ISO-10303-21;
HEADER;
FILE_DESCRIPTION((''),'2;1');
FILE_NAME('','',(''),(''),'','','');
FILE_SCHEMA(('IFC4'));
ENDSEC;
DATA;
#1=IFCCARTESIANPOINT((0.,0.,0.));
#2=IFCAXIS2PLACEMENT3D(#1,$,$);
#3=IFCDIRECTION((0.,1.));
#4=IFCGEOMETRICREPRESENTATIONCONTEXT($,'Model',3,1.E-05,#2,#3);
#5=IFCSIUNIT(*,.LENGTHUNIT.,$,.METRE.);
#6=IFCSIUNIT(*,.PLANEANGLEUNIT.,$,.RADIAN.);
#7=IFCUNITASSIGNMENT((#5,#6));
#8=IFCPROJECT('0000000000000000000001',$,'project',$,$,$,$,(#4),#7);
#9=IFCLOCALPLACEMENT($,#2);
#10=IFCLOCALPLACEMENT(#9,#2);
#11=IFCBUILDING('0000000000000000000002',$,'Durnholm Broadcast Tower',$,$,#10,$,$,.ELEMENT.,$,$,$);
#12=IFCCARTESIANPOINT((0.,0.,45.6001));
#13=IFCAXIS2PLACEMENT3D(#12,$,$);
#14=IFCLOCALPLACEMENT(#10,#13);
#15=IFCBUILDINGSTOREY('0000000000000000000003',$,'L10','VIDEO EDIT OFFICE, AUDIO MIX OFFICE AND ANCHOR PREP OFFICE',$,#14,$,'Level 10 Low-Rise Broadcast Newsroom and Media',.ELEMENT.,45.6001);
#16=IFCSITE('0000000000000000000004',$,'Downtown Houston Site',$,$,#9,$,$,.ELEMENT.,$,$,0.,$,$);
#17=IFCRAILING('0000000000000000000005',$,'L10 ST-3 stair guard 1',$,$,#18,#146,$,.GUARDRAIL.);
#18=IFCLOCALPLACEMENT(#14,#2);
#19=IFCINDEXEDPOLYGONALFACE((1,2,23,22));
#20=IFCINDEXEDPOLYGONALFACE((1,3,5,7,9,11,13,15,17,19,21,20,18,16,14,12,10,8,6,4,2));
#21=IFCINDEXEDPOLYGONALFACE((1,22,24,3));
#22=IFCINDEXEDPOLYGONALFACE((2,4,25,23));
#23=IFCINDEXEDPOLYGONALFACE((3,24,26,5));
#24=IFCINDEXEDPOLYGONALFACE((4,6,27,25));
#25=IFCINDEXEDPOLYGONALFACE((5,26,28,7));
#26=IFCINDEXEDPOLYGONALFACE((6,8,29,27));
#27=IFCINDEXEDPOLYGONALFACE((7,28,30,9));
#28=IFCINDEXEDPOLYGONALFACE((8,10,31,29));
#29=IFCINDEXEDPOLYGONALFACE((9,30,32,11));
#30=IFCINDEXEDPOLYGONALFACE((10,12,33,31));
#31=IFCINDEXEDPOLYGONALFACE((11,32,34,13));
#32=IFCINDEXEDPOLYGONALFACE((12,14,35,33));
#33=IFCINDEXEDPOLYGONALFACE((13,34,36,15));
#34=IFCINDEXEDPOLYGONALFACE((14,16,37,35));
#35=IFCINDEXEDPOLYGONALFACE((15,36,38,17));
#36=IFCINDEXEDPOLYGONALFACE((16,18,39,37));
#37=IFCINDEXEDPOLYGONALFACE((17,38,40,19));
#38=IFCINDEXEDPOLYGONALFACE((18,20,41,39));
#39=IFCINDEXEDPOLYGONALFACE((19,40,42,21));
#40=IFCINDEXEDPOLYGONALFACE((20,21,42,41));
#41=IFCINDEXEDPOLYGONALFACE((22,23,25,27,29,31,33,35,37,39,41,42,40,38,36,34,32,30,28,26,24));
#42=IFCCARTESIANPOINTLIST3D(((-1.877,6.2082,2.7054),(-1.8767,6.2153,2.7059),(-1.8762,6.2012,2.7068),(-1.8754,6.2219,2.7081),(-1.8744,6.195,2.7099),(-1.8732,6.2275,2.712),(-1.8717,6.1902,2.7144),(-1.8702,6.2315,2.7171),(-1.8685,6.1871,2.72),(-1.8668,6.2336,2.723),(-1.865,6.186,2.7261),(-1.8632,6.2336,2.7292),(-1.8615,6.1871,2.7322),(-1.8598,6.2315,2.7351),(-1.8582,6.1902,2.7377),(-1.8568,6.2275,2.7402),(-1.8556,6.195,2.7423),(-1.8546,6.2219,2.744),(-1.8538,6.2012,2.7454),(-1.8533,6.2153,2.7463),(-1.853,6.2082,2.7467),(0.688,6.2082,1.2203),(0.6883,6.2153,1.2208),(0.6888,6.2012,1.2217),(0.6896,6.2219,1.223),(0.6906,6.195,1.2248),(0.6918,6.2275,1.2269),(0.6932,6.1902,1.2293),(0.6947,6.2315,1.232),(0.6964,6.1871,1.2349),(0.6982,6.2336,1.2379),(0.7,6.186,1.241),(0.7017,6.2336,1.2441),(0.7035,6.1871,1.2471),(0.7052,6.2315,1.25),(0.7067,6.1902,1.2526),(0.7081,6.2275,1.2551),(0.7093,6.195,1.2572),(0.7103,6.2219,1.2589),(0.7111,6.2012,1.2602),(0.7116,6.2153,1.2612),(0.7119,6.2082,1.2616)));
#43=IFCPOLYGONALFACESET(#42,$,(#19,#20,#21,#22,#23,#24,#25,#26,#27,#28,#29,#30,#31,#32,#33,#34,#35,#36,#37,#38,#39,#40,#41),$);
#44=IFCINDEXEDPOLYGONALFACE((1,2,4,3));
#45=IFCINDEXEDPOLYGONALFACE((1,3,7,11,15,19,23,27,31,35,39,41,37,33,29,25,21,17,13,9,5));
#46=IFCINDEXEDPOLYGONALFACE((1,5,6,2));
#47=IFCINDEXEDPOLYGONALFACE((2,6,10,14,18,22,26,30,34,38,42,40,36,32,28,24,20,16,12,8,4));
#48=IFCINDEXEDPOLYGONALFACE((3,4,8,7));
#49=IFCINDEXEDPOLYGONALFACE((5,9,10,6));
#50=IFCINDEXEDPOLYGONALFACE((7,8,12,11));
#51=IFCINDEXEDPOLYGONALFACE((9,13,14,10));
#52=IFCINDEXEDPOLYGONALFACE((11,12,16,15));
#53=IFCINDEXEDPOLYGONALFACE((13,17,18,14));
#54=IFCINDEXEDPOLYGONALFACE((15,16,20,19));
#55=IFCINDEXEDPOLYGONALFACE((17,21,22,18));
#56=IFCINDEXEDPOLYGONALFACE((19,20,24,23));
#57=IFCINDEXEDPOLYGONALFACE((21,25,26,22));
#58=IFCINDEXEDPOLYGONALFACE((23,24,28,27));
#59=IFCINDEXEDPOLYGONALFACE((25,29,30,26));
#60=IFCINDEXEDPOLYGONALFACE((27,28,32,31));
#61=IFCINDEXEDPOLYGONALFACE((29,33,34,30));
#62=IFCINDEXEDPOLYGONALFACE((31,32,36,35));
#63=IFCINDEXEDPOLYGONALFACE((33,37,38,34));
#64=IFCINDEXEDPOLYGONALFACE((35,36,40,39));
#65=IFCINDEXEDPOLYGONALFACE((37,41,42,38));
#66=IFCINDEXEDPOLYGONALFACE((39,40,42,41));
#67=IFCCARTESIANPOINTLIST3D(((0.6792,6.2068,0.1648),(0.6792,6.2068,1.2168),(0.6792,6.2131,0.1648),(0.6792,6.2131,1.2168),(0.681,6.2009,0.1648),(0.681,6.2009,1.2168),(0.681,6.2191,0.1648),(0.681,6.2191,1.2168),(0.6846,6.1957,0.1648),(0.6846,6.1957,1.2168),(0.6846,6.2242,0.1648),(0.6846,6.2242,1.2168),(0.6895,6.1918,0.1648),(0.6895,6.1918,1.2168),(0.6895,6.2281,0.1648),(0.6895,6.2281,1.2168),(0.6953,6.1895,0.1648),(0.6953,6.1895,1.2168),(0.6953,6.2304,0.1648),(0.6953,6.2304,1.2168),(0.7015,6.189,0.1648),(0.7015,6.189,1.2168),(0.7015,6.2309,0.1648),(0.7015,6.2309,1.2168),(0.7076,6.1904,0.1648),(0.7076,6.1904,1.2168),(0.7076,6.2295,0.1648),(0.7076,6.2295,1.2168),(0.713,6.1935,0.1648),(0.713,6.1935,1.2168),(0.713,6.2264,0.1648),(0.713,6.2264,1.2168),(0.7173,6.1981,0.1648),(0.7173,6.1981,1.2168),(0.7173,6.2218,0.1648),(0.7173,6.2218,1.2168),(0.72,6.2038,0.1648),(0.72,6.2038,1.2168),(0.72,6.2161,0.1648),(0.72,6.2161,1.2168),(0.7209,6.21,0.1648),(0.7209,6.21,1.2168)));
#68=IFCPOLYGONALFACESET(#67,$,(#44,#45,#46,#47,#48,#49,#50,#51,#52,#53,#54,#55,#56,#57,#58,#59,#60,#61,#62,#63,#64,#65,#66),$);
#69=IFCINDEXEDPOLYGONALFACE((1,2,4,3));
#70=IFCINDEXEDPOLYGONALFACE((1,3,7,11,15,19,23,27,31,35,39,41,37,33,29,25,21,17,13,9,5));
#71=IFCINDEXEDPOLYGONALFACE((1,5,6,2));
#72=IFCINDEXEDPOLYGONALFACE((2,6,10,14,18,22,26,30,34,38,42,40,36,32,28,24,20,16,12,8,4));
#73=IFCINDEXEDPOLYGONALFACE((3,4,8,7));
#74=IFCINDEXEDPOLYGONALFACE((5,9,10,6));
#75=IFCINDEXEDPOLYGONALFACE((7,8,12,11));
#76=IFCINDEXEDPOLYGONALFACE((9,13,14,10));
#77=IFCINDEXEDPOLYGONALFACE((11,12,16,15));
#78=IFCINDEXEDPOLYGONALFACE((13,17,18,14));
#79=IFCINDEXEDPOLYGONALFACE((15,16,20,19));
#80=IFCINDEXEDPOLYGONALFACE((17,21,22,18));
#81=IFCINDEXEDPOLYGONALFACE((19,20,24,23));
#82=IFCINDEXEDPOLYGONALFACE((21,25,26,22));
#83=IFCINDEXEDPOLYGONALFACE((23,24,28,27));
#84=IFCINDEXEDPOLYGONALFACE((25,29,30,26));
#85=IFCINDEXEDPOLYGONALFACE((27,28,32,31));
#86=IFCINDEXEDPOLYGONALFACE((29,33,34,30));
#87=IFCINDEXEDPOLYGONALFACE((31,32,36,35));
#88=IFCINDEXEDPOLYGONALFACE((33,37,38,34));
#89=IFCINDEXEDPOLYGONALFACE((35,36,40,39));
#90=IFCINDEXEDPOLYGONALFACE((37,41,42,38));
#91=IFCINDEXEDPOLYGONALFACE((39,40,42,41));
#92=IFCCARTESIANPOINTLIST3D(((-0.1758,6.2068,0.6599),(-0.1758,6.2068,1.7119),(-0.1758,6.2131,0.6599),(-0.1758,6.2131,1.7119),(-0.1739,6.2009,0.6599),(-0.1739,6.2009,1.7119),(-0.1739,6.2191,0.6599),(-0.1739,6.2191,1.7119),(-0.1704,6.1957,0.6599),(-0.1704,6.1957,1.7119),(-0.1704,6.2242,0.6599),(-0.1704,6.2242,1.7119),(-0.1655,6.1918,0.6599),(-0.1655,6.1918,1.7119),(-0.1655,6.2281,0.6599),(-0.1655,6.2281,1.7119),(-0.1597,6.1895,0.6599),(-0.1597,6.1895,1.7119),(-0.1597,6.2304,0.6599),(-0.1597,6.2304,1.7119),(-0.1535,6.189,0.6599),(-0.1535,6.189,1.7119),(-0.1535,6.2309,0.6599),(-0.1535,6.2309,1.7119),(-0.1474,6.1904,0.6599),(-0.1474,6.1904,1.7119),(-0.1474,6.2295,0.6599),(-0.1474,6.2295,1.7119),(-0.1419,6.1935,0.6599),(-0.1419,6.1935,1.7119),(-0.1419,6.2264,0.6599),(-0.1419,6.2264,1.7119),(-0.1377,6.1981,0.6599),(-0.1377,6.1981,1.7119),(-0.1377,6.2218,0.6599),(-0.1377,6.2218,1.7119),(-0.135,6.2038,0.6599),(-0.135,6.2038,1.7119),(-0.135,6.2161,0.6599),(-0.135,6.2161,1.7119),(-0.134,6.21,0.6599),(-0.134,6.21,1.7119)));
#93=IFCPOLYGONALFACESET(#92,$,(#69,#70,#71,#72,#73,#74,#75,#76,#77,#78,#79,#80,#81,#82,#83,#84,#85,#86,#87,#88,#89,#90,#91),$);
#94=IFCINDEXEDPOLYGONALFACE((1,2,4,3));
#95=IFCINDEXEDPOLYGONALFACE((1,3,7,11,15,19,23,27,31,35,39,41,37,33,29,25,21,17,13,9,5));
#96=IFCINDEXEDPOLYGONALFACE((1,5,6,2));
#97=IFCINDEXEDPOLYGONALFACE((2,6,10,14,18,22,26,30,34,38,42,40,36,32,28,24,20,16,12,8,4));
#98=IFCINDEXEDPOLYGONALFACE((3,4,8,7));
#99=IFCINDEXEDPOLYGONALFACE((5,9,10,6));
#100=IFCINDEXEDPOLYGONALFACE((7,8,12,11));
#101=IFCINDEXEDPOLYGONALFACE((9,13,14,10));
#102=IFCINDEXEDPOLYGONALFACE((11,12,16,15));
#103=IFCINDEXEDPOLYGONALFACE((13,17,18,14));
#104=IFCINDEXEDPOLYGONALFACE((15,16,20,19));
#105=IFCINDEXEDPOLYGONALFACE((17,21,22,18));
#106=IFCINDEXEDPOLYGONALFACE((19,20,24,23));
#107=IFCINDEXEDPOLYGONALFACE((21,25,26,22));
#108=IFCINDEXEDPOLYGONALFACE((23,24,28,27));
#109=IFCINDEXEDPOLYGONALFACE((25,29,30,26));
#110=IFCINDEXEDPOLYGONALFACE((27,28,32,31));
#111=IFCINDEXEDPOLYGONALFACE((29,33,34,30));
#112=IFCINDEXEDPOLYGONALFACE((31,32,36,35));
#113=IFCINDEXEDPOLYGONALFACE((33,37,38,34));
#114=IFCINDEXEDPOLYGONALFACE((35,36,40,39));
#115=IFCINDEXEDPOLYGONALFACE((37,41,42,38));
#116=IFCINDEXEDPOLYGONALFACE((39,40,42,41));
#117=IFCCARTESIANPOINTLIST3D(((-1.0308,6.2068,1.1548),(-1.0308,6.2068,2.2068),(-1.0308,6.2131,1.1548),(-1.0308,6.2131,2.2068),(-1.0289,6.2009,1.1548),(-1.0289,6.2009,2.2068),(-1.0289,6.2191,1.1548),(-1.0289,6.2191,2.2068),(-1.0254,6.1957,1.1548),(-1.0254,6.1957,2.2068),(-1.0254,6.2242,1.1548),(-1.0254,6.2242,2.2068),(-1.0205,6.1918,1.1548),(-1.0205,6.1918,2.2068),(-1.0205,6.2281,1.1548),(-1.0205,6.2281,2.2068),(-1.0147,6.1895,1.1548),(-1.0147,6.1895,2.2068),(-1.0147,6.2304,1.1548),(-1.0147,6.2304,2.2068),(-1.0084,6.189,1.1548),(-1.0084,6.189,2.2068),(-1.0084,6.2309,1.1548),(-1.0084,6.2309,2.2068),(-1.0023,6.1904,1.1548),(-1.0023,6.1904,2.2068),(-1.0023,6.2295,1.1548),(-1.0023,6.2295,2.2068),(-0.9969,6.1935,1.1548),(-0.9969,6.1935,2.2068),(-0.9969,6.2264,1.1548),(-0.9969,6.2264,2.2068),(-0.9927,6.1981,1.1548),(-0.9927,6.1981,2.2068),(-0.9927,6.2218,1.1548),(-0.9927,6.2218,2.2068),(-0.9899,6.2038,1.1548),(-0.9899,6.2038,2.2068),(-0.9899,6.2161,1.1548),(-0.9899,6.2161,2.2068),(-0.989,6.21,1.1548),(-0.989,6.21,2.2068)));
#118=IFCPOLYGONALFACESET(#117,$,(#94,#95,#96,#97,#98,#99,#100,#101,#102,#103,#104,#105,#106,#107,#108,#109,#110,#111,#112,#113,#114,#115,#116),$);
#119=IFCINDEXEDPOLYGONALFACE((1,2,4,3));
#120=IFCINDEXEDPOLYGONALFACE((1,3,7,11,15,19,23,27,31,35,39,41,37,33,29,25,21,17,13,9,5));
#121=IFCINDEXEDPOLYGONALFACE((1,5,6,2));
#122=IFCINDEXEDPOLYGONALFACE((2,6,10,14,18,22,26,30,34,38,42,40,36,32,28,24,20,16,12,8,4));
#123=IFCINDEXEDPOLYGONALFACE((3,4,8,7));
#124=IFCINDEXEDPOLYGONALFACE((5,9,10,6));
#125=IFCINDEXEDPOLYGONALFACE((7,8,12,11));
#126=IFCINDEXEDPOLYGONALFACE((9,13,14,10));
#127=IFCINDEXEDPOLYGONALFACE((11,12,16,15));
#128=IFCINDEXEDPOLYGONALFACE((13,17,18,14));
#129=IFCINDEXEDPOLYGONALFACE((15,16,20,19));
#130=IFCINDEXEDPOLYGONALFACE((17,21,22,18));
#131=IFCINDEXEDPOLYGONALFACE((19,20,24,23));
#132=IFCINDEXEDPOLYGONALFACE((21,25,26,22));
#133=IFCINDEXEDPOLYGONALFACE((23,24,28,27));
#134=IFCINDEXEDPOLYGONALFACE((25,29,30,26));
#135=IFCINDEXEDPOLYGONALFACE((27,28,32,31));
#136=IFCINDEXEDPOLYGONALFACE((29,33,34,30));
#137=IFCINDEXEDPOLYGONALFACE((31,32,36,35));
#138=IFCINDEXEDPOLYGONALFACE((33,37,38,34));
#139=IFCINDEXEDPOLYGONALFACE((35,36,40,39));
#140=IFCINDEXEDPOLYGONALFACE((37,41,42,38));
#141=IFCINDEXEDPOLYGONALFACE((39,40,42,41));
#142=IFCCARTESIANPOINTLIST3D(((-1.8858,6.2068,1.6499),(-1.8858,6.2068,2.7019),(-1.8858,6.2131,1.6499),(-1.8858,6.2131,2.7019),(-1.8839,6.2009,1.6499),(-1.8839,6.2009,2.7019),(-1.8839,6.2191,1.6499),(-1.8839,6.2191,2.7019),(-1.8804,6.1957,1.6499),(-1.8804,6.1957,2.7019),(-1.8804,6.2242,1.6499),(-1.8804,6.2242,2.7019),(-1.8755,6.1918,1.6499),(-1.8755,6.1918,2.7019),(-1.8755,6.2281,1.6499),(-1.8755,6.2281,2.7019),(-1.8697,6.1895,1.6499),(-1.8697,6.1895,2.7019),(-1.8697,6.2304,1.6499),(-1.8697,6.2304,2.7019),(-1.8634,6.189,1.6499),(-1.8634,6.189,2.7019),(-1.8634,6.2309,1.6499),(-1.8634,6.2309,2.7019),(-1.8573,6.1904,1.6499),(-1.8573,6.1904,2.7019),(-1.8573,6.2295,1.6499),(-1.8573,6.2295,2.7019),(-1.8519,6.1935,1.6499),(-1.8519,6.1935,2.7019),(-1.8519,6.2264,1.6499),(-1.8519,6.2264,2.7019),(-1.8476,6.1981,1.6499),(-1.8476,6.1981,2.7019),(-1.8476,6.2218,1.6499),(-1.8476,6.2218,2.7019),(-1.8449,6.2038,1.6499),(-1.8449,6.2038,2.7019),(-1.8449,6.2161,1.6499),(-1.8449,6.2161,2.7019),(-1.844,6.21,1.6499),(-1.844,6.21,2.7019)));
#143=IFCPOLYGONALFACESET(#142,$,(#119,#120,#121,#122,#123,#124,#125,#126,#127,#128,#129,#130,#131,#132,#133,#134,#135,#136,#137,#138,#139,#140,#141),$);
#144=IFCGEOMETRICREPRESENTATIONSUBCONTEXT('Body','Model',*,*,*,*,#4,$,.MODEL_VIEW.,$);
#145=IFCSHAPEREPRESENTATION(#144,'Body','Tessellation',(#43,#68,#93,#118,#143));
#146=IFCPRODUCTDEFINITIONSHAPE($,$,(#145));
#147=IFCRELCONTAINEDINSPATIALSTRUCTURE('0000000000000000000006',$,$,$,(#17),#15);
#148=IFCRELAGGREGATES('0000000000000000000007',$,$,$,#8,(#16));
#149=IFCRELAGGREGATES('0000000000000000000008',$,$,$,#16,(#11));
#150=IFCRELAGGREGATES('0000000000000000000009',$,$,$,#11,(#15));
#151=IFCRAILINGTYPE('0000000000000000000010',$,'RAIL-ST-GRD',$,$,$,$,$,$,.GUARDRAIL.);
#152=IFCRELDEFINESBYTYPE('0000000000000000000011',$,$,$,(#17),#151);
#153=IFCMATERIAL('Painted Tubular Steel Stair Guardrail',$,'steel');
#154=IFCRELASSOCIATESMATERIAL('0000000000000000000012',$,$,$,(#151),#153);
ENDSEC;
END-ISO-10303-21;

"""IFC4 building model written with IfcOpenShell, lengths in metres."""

from ifc_helpers import new_model, si_unit, direction, frame, origin, origin_2d, place, context, subcontext, project, spatial, circle, extrude, material, type_object, element, save


model = new_model("IFC4")

# Units and contexts
model_context = context("Model", 3, precision=1e-05, world=origin(), true_north=direction((0.0, 1.0)))
body_context = subcontext(model_context, "Body", "Model", "MODEL_VIEW")
ifc_project = project(units=[si_unit("LENGTHUNIT", "METRE"), si_unit("PLANEANGLEUNIT", "RADIAN")], contexts=[model_context])

# Site, building, storey
site_placement = place(None, origin())
site = spatial("IfcSite", under=ifc_project, at=site_placement, Name="Downtown Houston Site", CompositionType="ELEMENT", RefElevation=0.0)
building_placement = place(site_placement, origin())
building = spatial("IfcBuilding", under=site, at=building_placement, Name="Durnholm Broadcast Tower", CompositionType="ELEMENT")
storey_placement = place(building_placement, frame((0.0, 0.0, 45.6001)))
storey = spatial("IfcBuildingStorey", under=building, at=storey_placement, Name="L10", Description="VIDEO EDIT OFFICE, AUDIO MIX OFFICE AND ANCHOR PREP OFFICE", LongName="Level 10 Low-Rise Broadcast Newsroom and Media", CompositionType="ELEMENT", Elevation=45.6001)

# Railing
ifc_material_1 = material(Name="Painted Tubular Steel Stair Guardrail", Category="steel")
railing_type_1 = type_object("IfcRailingType", Name="RAIL-ST-GRD", PredefinedType="GUARDRAIL", material=ifc_material_1)
railing_1_placement = place(storey_placement, frame((0.7, 6.21, 0.1648)))
element("IfcRailing", 1, at=railing_1_placement, inside=storey, type_object=railing_type_1, Name="L10 ST-3 stair guard 1", PredefinedType="GUARDRAIL", context=body_context, shape_type="SweptSolid", body=[
    extrude(circle(Radius=0.0239, at=origin_2d()), frame((0.0, 0.0, 1.0762), z_axis=(-0.865406, 0.0, 0.501072), x_axis=(0.0, -1.0, 0.0)), (0.0, 0.0, 1.0), 2.9639),
    extrude(circle(Radius=0.021, at=origin_2d()), origin(), (0.0, 0.0, 1.0), 1.052),
    extrude(circle(Radius=0.021, at=origin_2d()), frame((-0.855, 0.0, 0.4951)), (0.0, 0.0, 1.0), 1.052),
    extrude(circle(Radius=0.021, at=origin_2d()), frame((-1.71, 0.0, 0.99)), (0.0, 0.0, 1.0), 1.052),
    extrude(circle(Radius=0.021, at=origin_2d()), frame((-2.5649, 0.0, 1.4851)), (0.0, 0.0, 1.0), 1.052),
])

save(model, "model.ifc")
